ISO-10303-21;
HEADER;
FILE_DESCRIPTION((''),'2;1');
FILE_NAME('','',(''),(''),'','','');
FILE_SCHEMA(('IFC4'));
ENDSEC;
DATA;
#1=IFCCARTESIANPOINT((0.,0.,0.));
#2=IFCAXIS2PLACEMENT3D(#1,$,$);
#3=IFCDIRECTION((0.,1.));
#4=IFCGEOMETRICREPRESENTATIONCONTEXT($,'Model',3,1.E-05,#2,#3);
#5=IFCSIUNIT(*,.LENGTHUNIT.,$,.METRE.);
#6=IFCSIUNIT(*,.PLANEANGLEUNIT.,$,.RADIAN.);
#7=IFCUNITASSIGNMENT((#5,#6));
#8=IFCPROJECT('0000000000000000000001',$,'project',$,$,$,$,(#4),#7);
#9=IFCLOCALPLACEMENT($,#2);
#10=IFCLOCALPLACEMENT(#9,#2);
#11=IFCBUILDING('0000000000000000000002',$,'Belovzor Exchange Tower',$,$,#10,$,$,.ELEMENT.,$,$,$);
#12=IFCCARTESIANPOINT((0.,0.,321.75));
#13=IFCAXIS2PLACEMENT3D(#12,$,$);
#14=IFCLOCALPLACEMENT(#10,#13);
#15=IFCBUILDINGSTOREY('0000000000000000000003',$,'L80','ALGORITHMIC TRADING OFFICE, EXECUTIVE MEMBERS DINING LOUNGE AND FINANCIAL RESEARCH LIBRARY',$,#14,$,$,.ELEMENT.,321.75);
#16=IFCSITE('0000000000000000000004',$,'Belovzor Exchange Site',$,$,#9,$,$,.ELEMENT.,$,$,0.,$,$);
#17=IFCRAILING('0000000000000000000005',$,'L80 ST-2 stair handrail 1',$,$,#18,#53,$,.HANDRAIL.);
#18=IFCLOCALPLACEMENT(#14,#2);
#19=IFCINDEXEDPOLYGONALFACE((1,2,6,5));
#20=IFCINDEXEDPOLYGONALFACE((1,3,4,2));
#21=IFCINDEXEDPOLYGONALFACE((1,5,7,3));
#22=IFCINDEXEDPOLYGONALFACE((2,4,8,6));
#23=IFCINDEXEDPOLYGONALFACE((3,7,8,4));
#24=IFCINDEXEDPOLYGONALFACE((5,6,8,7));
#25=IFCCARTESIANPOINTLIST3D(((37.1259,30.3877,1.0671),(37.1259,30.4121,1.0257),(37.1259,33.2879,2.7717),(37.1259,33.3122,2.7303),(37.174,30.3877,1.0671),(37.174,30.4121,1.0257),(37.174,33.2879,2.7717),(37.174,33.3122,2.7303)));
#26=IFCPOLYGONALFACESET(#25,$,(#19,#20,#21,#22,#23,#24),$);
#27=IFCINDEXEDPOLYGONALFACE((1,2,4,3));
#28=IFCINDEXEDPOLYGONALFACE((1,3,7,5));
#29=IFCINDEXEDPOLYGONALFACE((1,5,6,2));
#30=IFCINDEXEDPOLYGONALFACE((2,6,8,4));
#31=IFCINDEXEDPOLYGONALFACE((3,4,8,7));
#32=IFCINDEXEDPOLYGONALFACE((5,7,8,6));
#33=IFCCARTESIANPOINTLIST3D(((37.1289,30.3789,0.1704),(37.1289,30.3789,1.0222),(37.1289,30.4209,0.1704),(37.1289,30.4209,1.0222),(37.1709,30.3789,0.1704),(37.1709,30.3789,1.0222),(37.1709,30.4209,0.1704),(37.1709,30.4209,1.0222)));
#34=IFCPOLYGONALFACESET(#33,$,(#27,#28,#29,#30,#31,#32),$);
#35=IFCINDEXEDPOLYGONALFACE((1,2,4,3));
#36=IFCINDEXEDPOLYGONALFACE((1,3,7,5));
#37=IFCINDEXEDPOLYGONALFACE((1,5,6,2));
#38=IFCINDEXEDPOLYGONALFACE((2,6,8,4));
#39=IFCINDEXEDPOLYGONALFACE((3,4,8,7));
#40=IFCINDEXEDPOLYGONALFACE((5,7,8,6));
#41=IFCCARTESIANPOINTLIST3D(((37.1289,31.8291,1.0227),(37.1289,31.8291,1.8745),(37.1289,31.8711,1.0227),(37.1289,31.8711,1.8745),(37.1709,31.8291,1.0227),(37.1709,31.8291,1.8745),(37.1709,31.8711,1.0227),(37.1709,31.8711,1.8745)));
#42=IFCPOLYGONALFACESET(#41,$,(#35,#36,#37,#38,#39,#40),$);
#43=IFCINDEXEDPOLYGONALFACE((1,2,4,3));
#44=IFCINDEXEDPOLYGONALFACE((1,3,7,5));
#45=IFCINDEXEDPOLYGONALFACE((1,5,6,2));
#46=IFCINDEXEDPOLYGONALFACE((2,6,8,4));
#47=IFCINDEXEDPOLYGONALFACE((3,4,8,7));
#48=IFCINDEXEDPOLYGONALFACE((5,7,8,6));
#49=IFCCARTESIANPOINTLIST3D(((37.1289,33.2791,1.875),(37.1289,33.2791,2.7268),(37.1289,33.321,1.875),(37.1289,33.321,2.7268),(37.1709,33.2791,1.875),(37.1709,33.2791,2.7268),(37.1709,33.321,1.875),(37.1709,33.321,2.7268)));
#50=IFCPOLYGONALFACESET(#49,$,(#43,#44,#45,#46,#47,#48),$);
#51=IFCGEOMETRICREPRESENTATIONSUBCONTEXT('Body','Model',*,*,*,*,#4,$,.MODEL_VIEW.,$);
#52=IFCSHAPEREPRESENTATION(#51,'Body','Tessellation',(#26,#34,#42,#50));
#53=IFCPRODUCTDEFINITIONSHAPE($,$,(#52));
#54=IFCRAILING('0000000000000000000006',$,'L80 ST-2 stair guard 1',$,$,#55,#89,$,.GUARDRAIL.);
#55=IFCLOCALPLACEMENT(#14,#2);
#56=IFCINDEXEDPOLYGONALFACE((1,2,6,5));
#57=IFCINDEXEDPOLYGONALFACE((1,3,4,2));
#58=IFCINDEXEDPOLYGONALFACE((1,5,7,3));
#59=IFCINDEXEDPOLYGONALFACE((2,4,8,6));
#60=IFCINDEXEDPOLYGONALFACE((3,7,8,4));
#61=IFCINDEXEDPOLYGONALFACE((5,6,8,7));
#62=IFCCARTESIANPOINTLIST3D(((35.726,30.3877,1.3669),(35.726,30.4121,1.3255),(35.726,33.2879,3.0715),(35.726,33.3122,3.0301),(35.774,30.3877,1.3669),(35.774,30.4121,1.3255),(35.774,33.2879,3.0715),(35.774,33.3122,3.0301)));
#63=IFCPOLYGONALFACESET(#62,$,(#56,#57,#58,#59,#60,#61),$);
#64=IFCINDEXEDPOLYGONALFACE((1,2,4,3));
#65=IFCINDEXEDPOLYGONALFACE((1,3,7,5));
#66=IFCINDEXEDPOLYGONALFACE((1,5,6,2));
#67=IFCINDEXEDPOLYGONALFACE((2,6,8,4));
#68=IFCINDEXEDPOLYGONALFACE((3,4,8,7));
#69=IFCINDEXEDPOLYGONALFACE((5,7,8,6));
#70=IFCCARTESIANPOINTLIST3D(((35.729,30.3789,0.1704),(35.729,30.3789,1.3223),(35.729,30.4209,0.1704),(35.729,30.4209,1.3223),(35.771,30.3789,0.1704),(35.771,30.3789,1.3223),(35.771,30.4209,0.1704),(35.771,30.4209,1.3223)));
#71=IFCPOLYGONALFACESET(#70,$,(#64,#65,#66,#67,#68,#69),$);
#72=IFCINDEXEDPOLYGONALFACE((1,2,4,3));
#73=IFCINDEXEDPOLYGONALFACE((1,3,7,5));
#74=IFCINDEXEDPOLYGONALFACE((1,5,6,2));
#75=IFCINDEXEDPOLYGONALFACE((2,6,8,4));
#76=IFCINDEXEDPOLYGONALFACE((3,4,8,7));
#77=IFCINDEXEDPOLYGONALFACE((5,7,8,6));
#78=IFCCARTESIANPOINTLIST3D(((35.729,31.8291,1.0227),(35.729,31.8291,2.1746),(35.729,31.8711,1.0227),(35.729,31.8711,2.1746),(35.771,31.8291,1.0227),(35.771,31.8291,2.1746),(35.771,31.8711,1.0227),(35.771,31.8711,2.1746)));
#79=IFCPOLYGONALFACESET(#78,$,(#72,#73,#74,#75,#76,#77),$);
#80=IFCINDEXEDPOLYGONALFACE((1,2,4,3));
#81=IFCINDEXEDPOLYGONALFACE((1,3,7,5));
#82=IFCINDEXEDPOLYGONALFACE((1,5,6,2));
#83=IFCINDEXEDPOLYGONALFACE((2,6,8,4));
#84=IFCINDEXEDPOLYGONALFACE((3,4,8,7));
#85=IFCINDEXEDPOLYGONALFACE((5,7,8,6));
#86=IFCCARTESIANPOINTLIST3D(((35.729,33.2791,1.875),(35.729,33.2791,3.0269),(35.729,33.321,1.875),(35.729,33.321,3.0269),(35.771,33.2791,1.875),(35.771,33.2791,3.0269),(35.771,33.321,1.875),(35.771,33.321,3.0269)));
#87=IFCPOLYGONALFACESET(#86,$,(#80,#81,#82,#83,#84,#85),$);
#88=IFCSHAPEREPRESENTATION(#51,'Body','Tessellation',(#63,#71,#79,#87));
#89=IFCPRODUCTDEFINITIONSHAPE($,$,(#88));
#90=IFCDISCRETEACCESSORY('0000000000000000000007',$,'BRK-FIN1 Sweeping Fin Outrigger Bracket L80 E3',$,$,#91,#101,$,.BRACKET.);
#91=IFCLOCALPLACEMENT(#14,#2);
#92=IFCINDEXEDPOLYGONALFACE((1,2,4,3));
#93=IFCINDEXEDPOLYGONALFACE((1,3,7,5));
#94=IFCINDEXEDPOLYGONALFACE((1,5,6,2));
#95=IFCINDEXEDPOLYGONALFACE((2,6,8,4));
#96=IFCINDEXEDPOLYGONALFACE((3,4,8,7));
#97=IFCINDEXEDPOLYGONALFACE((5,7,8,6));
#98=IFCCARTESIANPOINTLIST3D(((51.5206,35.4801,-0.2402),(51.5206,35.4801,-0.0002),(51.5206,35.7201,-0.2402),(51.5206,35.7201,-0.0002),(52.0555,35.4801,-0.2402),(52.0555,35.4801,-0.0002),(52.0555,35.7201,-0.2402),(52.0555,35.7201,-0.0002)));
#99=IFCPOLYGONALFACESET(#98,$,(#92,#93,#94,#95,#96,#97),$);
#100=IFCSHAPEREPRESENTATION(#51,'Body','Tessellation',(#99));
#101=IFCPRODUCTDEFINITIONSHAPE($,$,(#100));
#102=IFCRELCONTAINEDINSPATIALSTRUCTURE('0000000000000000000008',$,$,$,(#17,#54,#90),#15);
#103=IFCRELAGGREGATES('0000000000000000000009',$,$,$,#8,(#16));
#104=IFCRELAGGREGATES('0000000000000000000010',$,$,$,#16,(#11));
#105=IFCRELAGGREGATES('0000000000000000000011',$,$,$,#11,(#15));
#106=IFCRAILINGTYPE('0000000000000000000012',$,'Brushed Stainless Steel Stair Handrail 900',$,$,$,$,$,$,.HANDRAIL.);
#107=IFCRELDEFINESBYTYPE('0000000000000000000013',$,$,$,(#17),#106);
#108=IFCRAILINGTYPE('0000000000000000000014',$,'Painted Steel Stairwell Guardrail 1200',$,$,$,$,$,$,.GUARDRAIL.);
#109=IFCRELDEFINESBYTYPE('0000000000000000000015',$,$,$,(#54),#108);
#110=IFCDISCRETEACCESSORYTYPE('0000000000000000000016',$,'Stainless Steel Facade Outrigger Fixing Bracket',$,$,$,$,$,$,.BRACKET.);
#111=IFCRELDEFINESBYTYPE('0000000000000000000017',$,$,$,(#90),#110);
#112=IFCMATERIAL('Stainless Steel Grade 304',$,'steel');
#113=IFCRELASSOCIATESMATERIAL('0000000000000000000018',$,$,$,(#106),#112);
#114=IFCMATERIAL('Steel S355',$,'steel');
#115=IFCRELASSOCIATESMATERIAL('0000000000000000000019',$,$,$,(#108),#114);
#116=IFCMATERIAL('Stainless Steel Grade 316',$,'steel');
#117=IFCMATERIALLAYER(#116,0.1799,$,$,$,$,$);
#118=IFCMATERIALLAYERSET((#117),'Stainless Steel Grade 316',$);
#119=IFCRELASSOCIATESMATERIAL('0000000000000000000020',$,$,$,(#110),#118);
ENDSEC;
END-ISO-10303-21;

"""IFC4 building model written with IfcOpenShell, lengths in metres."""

from ifc_helpers import new_model, si_unit, direction, frame, origin, origin_2d, place, context, subcontext, project, spatial, rectangle, extrude, material, layer, layer_set, type_object, element, save


model = new_model("IFC4")

# Units and contexts
model_context = context("Model", 3, precision=1e-05, world=origin(), true_north=direction((0.0, 1.0)))
body_context = subcontext(model_context, "Body", "Model", "MODEL_VIEW")
ifc_project = project(units=[si_unit("LENGTHUNIT", "METRE"), si_unit("PLANEANGLEUNIT", "RADIAN")], contexts=[model_context])

# Site, building, storey
site_placement = place(None, origin())
site = spatial("IfcSite", under=ifc_project, at=site_placement, Name="Belovzor Exchange Site", CompositionType="ELEMENT", RefElevation=0.0)
building_placement = place(site_placement, origin())
building = spatial("IfcBuilding", under=site, at=building_placement, Name="Belovzor Exchange Tower", CompositionType="ELEMENT")
storey_placement = place(building_placement, frame((0.0, 0.0, 321.75)))
storey = spatial("IfcBuildingStorey", under=building, at=storey_placement, Name="L80", Description="ALGORITHMIC TRADING OFFICE, EXECUTIVE MEMBERS DINING LOUNGE AND FINANCIAL RESEARCH LIBRARY", CompositionType="ELEMENT", Elevation=321.75)

# Railings
ifc_material_1 = material(Name="Stainless Steel Grade 304", Category="steel")
railing_type_1 = type_object("IfcRailingType", Name="Brushed Stainless Steel Stair Handrail 900", PredefinedType="HANDRAIL", material=ifc_material_1)
railing_1_placement = place(storey_placement, frame((37.1499, 30.3999, 0.1704)))
element("IfcRailing", 1, at=railing_1_placement, inside=storey, type_object=railing_type_1, Name="L80 ST-2 stair handrail 1", PredefinedType="HANDRAIL", context=body_context, shape_type="SweptSolid", body=[
    extrude(rectangle(XDim=0.0481, YDim=0.0481, at=origin_2d()), frame((0.0, 0.0, 0.876), z_axis=(0.0, 0.862113, 0.506716), x_axis=(-1.0, 0.0, 0.0)), (0.0, 0.0, 1.0), 3.364),
    extrude(rectangle(XDim=0.042, YDim=0.042, at=origin_2d()), origin(), (0.0, 0.0, 1.0), 0.8518),
    extrude(rectangle(XDim=0.042, YDim=0.042, at=origin_2d()), frame((0.0, 1.4502, 0.8523)), (0.0, 0.0, 1.0), 0.8518),
    extrude(rectangle(XDim=0.042, YDim=0.042, at=origin_2d()), frame((0.0, 2.9001, 1.7046)), (0.0, 0.0, 1.0), 0.8518),
])
ifc_material_2 = material(Name="Steel S355", Category="steel")
railing_type_2 = type_object("IfcRailingType", Name="Painted Steel Stairwell Guardrail 1200", PredefinedType="GUARDRAIL", material=ifc_material_2)
railing_2_placement = place(storey_placement, frame((35.75, 30.3999, 0.1704)))
element("IfcRailing", 2, at=railing_2_placement, inside=storey, type_object=railing_type_2, Name="L80 ST-2 stair guard 1", PredefinedType="GUARDRAIL", context=body_context, shape_type="SweptSolid", body=[
    extrude(rectangle(XDim=0.0481, YDim=0.0481, at=origin_2d()), frame((0.0, 0.0, 1.1758), z_axis=(0.0, 0.862113, 0.506716), x_axis=(-1.0, 0.0, 0.0)), (0.0, 0.0, 1.0), 3.364),
    extrude(rectangle(XDim=0.042, YDim=0.042, at=origin_2d()), origin(), (0.0, 0.0, 1.0), 1.1519),
    extrude(rectangle(XDim=0.042, YDim=0.042, at=origin_2d()), frame((0.0, 1.4502, 0.8523)), (0.0, 0.0, 1.0), 1.1519),
    extrude(rectangle(XDim=0.042, YDim=0.042, at=origin_2d()), frame((0.0, 2.9001, 1.7046)), (0.0, 0.0, 1.0), 1.1519),
])

# Discrete accessory
ifc_material_3 = material(Name="Stainless Steel Grade 316", Category="steel")
ifc_layer_1 = layer(ifc_material_3, 0.1799)
ifc_layer_set_1 = layer_set([ifc_layer_1], Name="Stainless Steel Grade 316")
discrete_accessory_type = type_object("IfcDiscreteAccessoryType", Name="Stainless Steel Facade Outrigger Fixing Bracket", PredefinedType="BRACKET", material=ifc_layer_set_1)
discrete_accessory_placement = place(storey_placement, frame((51.7881, 35.6001, -0.2402), z_axis=(0.0, 0.0, 1.0), x_axis=(1.0, 0.0, 0.0)))
element("IfcDiscreteAccessory", 3, at=discrete_accessory_placement, inside=storey, type_object=discrete_accessory_type, Name="BRK-FIN1 Sweeping Fin Outrigger Bracket L80 E3", PredefinedType="BRACKET", context=body_context, shape_type="SweptSolid", body=[
    extrude(rectangle(XDim=0.5349, YDim=0.24, at=origin_2d()), origin(), (0.0, 0.0, 1.0), 0.24),
])

save(model, "model.ifc")
